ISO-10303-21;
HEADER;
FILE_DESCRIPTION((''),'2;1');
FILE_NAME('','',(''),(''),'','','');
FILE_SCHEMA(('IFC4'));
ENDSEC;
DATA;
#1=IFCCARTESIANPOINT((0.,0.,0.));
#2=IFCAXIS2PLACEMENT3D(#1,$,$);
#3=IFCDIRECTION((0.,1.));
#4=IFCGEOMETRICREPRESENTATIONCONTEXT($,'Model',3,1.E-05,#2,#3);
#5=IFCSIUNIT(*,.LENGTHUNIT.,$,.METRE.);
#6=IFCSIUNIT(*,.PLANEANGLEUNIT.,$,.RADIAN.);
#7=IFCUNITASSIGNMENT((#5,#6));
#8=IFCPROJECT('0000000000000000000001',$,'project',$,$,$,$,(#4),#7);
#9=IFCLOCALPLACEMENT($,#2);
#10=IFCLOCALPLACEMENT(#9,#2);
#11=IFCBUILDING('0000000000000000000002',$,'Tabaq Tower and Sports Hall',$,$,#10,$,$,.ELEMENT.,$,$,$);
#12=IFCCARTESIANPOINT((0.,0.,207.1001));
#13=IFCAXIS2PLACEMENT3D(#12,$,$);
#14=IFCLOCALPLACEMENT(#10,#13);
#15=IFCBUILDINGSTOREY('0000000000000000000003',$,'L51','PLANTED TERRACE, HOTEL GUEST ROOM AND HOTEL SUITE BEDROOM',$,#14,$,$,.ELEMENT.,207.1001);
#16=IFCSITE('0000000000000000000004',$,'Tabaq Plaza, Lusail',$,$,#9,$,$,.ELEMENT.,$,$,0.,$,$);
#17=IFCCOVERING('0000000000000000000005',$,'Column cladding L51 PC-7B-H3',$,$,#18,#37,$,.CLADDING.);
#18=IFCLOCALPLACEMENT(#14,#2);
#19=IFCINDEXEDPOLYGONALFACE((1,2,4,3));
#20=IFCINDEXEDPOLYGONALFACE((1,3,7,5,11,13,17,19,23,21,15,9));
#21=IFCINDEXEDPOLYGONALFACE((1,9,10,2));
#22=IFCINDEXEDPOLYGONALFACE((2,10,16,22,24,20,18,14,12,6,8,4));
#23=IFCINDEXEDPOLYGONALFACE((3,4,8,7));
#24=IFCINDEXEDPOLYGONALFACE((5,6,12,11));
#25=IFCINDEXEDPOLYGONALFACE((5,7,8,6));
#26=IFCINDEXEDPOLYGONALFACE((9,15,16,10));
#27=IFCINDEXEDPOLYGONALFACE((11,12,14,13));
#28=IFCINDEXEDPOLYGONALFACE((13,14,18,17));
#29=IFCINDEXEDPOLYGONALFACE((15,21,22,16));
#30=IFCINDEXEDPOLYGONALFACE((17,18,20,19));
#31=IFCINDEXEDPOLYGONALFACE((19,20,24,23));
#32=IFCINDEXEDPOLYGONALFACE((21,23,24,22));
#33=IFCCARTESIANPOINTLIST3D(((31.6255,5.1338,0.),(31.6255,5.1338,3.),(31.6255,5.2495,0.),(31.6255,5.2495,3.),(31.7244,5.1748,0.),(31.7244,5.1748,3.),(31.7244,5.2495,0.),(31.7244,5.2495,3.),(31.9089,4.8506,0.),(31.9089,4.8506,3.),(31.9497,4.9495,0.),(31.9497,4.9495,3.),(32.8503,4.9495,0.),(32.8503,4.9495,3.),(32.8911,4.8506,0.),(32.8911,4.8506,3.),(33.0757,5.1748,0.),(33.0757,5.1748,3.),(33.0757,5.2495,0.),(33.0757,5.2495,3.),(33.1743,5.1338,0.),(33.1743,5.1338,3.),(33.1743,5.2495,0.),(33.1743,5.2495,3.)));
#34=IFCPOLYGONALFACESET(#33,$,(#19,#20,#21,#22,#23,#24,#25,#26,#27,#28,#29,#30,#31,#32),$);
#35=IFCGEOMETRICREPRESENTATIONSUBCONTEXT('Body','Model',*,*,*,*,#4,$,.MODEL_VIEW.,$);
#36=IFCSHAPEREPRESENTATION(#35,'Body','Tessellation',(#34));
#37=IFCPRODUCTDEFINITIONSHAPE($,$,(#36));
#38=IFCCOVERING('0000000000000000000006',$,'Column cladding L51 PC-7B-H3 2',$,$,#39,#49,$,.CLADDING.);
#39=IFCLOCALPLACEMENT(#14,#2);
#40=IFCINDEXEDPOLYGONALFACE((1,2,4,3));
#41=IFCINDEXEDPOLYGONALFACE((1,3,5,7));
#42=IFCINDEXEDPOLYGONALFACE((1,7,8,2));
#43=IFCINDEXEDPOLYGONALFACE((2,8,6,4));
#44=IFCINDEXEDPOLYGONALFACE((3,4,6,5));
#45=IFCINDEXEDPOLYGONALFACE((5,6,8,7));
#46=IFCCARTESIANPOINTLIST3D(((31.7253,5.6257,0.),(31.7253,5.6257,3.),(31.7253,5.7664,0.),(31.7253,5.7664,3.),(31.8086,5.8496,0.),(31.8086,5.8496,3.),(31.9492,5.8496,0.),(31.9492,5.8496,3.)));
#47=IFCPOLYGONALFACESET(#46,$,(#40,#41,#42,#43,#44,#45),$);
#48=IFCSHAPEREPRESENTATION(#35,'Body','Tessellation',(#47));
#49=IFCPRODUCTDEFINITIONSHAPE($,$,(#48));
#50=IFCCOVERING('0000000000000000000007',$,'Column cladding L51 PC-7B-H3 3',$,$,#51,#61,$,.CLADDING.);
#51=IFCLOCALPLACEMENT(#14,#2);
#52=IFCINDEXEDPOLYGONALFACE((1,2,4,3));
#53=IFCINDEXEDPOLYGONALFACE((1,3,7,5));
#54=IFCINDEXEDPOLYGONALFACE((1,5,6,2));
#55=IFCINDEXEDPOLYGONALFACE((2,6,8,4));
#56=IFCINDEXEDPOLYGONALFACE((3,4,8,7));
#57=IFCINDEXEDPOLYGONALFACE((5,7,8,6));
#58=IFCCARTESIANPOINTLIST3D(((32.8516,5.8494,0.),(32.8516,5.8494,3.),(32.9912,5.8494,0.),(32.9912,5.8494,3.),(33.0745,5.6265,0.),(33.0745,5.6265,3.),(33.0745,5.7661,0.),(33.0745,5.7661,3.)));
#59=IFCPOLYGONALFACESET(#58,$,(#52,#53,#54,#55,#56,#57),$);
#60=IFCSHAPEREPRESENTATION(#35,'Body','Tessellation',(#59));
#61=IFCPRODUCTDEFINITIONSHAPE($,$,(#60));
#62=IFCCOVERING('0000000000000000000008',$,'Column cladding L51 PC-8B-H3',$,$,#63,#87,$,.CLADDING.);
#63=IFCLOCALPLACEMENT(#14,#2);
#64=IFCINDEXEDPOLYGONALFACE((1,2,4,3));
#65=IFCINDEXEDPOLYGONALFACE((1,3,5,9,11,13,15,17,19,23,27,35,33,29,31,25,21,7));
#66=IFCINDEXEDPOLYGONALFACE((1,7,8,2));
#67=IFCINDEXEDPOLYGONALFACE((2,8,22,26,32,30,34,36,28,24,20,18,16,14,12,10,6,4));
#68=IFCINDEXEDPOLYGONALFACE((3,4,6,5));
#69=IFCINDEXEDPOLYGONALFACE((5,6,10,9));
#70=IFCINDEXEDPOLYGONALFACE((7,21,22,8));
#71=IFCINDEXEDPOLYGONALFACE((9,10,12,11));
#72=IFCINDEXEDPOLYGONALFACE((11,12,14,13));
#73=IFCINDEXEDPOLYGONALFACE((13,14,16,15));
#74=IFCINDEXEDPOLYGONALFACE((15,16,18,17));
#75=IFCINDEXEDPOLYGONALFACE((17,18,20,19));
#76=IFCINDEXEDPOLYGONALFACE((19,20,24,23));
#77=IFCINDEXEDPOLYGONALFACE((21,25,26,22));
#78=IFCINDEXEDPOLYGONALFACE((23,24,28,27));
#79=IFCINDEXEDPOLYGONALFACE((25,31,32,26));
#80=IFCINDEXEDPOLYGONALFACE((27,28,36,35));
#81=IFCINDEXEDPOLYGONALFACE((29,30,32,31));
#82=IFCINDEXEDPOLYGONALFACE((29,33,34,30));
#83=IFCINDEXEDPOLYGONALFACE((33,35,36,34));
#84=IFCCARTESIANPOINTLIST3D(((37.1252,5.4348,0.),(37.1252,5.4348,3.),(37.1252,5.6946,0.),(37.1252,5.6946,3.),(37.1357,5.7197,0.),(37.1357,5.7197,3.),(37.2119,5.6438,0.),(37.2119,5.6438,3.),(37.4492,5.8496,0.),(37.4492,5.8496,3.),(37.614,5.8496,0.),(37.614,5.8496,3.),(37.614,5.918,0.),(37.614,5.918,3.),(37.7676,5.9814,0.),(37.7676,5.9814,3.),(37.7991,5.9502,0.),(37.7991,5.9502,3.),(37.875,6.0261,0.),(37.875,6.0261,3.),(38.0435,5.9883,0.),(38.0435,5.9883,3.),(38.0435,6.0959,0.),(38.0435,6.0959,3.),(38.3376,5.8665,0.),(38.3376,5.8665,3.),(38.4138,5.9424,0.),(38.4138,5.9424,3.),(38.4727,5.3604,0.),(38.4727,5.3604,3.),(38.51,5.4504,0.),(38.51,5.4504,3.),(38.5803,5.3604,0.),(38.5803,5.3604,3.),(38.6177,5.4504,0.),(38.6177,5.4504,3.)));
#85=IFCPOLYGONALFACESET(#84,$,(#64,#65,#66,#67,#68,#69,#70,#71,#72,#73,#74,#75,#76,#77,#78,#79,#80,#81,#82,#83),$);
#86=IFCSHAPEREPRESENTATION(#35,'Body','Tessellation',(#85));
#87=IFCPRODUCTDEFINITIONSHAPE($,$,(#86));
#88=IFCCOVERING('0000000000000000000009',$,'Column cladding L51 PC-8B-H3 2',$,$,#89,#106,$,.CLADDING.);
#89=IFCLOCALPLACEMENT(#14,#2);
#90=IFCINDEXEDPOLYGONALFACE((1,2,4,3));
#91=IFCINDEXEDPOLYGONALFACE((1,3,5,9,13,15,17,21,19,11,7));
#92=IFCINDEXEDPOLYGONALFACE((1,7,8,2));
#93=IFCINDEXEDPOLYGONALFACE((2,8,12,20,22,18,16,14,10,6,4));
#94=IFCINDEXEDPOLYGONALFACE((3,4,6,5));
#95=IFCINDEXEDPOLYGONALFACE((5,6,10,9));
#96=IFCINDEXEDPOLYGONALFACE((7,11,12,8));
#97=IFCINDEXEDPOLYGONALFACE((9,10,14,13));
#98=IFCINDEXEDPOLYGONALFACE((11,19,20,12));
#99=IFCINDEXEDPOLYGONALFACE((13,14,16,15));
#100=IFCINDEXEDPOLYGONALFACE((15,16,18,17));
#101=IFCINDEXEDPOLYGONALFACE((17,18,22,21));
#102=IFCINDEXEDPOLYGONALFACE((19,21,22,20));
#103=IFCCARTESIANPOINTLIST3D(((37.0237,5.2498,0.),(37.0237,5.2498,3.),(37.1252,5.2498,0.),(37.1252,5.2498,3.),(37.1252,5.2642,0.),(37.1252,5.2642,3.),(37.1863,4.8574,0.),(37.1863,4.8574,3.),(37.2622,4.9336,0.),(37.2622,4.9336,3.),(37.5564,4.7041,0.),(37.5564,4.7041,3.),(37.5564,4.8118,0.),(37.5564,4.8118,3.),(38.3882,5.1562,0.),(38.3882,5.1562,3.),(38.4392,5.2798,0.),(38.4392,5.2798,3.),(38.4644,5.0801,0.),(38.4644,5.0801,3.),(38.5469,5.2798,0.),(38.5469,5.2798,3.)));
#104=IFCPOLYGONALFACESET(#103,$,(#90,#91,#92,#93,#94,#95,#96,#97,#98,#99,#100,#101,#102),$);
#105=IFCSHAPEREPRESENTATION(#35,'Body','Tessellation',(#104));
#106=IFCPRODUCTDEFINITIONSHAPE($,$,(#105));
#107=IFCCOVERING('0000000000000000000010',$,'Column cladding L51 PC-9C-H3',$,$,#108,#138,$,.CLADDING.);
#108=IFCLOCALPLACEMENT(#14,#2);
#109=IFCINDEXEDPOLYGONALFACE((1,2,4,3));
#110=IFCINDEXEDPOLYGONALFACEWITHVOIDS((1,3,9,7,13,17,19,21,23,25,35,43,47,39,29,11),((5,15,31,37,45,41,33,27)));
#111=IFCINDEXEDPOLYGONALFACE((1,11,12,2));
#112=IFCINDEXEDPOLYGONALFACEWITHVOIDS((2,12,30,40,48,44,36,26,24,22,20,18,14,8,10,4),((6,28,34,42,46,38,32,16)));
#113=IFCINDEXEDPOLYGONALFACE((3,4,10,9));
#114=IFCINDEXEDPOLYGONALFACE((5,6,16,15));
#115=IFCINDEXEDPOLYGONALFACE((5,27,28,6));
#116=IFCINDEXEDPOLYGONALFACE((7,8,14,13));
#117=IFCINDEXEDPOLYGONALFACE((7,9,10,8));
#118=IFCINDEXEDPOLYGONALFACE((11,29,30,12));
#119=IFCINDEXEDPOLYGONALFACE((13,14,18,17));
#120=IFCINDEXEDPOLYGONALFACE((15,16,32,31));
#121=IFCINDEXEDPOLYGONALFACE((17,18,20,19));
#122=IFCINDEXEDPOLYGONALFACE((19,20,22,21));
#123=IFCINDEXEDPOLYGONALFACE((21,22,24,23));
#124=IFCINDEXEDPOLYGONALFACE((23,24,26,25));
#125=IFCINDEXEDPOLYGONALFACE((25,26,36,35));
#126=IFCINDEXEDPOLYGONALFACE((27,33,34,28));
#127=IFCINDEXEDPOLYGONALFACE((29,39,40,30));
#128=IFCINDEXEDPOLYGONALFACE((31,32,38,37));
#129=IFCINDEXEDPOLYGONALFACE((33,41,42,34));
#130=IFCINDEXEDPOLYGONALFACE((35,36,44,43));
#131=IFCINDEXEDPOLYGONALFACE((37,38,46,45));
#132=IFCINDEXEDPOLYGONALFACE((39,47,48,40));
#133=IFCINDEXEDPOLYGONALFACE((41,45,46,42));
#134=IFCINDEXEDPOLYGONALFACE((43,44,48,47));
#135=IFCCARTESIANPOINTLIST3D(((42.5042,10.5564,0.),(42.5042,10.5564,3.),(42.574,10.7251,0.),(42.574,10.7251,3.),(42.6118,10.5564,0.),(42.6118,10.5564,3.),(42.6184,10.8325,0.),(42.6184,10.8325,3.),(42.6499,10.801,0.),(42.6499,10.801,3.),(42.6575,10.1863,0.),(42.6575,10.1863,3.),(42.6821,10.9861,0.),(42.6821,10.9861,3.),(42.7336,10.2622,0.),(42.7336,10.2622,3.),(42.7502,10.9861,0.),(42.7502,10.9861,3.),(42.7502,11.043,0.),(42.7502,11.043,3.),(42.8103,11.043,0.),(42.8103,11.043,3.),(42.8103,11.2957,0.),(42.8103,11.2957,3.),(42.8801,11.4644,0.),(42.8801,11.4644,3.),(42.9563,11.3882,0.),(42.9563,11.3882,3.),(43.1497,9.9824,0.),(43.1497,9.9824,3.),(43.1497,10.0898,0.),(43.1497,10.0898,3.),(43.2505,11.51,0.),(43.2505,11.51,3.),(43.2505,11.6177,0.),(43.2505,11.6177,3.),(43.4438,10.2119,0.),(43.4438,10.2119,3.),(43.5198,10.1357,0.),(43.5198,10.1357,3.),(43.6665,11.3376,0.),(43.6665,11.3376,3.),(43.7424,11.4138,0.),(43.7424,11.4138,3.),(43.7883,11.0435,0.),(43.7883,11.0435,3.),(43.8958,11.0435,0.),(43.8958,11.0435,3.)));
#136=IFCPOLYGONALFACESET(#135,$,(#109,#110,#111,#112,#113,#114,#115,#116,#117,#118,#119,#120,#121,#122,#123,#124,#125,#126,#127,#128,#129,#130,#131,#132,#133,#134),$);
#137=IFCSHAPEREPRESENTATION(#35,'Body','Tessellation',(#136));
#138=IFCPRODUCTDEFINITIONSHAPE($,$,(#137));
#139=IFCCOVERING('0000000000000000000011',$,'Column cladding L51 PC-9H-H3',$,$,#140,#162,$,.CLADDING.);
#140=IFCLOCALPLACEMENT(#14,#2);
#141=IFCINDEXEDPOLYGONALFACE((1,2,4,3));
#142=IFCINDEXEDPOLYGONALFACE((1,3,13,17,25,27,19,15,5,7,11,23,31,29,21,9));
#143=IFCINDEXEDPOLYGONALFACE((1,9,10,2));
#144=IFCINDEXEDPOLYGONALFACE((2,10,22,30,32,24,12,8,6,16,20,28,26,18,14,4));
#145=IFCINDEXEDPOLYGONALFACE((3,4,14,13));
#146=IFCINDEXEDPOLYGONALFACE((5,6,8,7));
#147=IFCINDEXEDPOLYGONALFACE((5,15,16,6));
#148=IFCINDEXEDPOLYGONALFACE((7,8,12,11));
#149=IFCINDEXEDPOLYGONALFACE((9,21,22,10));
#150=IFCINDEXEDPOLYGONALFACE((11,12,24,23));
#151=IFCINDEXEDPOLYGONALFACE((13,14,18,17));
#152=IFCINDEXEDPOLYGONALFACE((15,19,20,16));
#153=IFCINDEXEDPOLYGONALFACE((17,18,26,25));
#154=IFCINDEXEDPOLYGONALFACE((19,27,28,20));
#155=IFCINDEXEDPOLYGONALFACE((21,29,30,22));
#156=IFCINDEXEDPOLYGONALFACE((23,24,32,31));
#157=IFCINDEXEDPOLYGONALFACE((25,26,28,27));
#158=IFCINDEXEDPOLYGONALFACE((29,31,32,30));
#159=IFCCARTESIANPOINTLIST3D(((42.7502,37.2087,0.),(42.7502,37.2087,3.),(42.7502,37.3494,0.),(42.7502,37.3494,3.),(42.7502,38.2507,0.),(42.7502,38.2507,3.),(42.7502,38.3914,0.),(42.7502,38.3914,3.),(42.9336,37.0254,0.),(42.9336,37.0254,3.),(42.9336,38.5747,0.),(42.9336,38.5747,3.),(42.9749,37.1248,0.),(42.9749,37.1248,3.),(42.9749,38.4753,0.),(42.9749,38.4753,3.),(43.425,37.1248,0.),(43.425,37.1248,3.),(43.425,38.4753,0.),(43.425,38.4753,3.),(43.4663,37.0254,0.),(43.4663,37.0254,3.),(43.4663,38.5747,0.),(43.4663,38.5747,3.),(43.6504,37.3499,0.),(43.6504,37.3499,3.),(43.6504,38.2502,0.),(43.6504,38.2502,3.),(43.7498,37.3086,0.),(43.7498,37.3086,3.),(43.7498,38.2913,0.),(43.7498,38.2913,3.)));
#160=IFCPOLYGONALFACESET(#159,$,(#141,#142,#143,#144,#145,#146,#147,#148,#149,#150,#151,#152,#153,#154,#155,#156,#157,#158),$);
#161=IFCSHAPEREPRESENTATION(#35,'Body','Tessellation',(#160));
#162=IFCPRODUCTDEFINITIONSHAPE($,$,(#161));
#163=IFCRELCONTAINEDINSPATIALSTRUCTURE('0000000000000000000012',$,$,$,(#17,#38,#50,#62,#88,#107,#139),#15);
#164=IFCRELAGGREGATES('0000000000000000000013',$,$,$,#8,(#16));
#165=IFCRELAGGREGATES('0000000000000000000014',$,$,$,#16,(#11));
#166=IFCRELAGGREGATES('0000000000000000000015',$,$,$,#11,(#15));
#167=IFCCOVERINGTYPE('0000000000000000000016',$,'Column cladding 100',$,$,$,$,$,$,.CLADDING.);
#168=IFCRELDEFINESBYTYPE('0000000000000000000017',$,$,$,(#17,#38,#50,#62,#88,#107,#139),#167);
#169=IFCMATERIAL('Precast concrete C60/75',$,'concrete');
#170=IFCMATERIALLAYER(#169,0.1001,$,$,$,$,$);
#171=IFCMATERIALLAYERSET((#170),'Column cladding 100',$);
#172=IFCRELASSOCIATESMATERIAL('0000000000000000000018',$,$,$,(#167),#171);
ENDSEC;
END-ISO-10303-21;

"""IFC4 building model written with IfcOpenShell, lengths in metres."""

from ifc_helpers import new_model, si_unit, direction, frame, origin, place, context, subcontext, project, spatial, polyline, outline, extrude, material, layer, layer_set, type_object, element, save


model = new_model("IFC4")

# Units and contexts
model_context = context("Model", 3, precision=1e-05, world=origin(), true_north=direction((0.0, 1.0)))
body_context = subcontext(model_context, "Body", "Model", "MODEL_VIEW")
ifc_project = project(units=[si_unit("LENGTHUNIT", "METRE"), si_unit("PLANEANGLEUNIT", "RADIAN")], contexts=[model_context])

# Site, building, storey
site_placement = place(None, origin())
site = spatial("IfcSite", under=ifc_project, at=site_placement, Name="Tabaq Plaza, Lusail", CompositionType="ELEMENT", RefElevation=0.0)
building_placement = place(site_placement, origin())
building = spatial("IfcBuilding", under=site, at=building_placement, Name="Tabaq Tower and Sports Hall", CompositionType="ELEMENT")
storey_placement = place(building_placement, frame((0.0, 0.0, 207.1001)))
storey = spatial("IfcBuildingStorey", under=building, at=storey_placement, Name="L51", Description="PLANTED TERRACE, HOTEL GUEST ROOM AND HOTEL SUITE BEDROOM", CompositionType="ELEMENT", Elevation=207.1001)

# Coverings
ifc_material_1 = material(Name="Precast concrete C60/75", Category="concrete")
ifc_layer_1 = layer(ifc_material_1, 0.1001)
ifc_layer_set_1 = layer_set([ifc_layer_1], Name="Column cladding 100")
covering_type = type_object("IfcCoveringType", Name="Column cladding 100", PredefinedType="CLADDING", material=ifc_layer_set_1)
covering_1_placement = place(storey_placement, origin())
element("IfcCovering", 1, at=covering_1_placement, inside=storey, type_object=covering_type, Name="Column cladding L51 PC-7B-H3", PredefinedType="CLADDING", context=body_context, shape_type="SweptSolid", body=[
    extrude(outline(polyline([(31.6255, 5.2495), (31.7244, 5.2495), (31.7244, 5.1748), (31.9497, 4.9495), (32.8503, 4.9495), (33.0757, 5.1748), (33.0757, 5.2495), (33.1743, 5.2495), (33.1743, 5.1338), (32.8911, 4.8506), (31.9089, 4.8506), (31.6255, 5.1338), (31.6255, 5.2495)])), origin(), (0.0, 0.0, 1.0), 3.0),
])
covering_2_placement = place(storey_placement, origin())
element("IfcCovering", 2, at=covering_2_placement, inside=storey, type_object=covering_type, Name="Column cladding L51 PC-7B-H3 2", PredefinedType="CLADDING", context=body_context, shape_type="SweptSolid", body=[
    extrude(outline(polyline([(31.8086, 5.8496), (31.9492, 5.8496), (31.7253, 5.6257), (31.7253, 5.7664), (31.8086, 5.8496)])), origin(), (0.0, 0.0, 1.0), 3.0),
])
covering_3_placement = place(storey_placement, origin())
element("IfcCovering", 3, at=covering_3_placement, inside=storey, type_object=covering_type, Name="Column cladding L51 PC-7B-H3 3", PredefinedType="CLADDING", context=body_context, shape_type="SweptSolid", body=[
    extrude(outline(polyline([(33.0745, 5.6265), (32.8516, 5.8494), (32.9912, 5.8494), (33.0745, 5.7661), (33.0745, 5.6265)])), origin(), (0.0, 0.0, 1.0), 3.0),
])
covering_4_placement = place(storey_placement, origin())
element("IfcCovering", 4, at=covering_4_placement, inside=storey, type_object=covering_type, Name="Column cladding L51 PC-8B-H3", PredefinedType="CLADDING", context=body_context, shape_type="SweptSolid", body=[
    extrude(outline(polyline([(37.1357, 5.7197), (37.4492, 5.8496), (37.614, 5.8496), (37.614, 5.918), (37.7676, 5.9814), (37.7991, 5.9502), (37.875, 6.0261), (38.0435, 6.0959), (38.4138, 5.9424), (38.6177, 5.4504), (38.5803, 5.3604), (38.4727, 5.3604), (38.51, 5.4504), (38.3376, 5.8665), (38.0435, 5.9883), (37.2119, 5.6438), (37.1252, 5.4348), (37.1252, 5.6946), (37.1357, 5.7197)])), origin(), (0.0, 0.0, 1.0), 3.0),
])
covering_5_placement = place(storey_placement, origin())
element("IfcCovering", 5, at=covering_5_placement, inside=storey, type_object=covering_type, Name="Column cladding L51 PC-8B-H3 2", PredefinedType="CLADDING", context=body_context, shape_type="SweptSolid", body=[
    extrude(outline(polyline([(37.0237, 5.2498), (37.1252, 5.2498), (37.1252, 5.2642), (37.2622, 4.9336), (37.5564, 4.8118), (38.3882, 5.1562), (38.4392, 5.2798), (38.5469, 5.2798), (38.4644, 5.0801), (37.5564, 4.7041), (37.1863, 4.8574), (37.0237, 5.2498)])), origin(), (0.0, 0.0, 1.0), 3.0),
])
covering_6_placement = place(storey_placement, origin())
element("IfcCovering", 6, at=covering_6_placement, inside=storey, type_object=covering_type, Name="Column cladding L51 PC-9C-H3", PredefinedType="CLADDING", context=body_context, shape_type="SweptSolid", body=[
    extrude(outline(polyline([(42.6575, 10.1863), (42.5042, 10.5564), (42.574, 10.7251), (42.6499, 10.801), (42.6184, 10.8325), (42.6821, 10.9861), (42.7502, 10.9861), (42.7502, 11.043), (42.8103, 11.043), (42.8103, 11.2957), (42.8801, 11.4644), (43.2505, 11.6177), (43.7424, 11.4138), (43.8958, 11.0435), (43.5198, 10.1357), (43.1497, 9.9824), (42.6575, 10.1863)]), holes=[polyline([(43.6665, 11.3376), (43.2505, 11.51), (42.9563, 11.3882), (42.6118, 10.5564), (42.7336, 10.2622), (43.1497, 10.0898), (43.4438, 10.2119), (43.7883, 11.0435), (43.6665, 11.3376)])]), origin(), (0.0, 0.0, 1.0), 3.0),
])
covering_7_placement = place(storey_placement, origin())
element("IfcCovering", 7, at=covering_7_placement, inside=storey, type_object=covering_type, Name="Column cladding L51 PC-9H-H3", PredefinedType="CLADDING", context=body_context, shape_type="SweptSolid", body=[
    extrude(outline(polyline([(42.9336, 37.0254), (42.7502, 37.2087), (42.7502, 37.3494), (42.9749, 37.1248), (43.425, 37.1248), (43.6504, 37.3499), (43.6504, 38.2502), (43.425, 38.4753), (42.9749, 38.4753), (42.7502, 38.2507), (42.7502, 38.3914), (42.9336, 38.5747), (43.4663, 38.5747), (43.7498, 38.2913), (43.7498, 37.3086), (43.4663, 37.0254), (42.9336, 37.0254)])), origin(), (0.0, 0.0, 1.0), 3.0),
])

save(model, "model.ifc")
